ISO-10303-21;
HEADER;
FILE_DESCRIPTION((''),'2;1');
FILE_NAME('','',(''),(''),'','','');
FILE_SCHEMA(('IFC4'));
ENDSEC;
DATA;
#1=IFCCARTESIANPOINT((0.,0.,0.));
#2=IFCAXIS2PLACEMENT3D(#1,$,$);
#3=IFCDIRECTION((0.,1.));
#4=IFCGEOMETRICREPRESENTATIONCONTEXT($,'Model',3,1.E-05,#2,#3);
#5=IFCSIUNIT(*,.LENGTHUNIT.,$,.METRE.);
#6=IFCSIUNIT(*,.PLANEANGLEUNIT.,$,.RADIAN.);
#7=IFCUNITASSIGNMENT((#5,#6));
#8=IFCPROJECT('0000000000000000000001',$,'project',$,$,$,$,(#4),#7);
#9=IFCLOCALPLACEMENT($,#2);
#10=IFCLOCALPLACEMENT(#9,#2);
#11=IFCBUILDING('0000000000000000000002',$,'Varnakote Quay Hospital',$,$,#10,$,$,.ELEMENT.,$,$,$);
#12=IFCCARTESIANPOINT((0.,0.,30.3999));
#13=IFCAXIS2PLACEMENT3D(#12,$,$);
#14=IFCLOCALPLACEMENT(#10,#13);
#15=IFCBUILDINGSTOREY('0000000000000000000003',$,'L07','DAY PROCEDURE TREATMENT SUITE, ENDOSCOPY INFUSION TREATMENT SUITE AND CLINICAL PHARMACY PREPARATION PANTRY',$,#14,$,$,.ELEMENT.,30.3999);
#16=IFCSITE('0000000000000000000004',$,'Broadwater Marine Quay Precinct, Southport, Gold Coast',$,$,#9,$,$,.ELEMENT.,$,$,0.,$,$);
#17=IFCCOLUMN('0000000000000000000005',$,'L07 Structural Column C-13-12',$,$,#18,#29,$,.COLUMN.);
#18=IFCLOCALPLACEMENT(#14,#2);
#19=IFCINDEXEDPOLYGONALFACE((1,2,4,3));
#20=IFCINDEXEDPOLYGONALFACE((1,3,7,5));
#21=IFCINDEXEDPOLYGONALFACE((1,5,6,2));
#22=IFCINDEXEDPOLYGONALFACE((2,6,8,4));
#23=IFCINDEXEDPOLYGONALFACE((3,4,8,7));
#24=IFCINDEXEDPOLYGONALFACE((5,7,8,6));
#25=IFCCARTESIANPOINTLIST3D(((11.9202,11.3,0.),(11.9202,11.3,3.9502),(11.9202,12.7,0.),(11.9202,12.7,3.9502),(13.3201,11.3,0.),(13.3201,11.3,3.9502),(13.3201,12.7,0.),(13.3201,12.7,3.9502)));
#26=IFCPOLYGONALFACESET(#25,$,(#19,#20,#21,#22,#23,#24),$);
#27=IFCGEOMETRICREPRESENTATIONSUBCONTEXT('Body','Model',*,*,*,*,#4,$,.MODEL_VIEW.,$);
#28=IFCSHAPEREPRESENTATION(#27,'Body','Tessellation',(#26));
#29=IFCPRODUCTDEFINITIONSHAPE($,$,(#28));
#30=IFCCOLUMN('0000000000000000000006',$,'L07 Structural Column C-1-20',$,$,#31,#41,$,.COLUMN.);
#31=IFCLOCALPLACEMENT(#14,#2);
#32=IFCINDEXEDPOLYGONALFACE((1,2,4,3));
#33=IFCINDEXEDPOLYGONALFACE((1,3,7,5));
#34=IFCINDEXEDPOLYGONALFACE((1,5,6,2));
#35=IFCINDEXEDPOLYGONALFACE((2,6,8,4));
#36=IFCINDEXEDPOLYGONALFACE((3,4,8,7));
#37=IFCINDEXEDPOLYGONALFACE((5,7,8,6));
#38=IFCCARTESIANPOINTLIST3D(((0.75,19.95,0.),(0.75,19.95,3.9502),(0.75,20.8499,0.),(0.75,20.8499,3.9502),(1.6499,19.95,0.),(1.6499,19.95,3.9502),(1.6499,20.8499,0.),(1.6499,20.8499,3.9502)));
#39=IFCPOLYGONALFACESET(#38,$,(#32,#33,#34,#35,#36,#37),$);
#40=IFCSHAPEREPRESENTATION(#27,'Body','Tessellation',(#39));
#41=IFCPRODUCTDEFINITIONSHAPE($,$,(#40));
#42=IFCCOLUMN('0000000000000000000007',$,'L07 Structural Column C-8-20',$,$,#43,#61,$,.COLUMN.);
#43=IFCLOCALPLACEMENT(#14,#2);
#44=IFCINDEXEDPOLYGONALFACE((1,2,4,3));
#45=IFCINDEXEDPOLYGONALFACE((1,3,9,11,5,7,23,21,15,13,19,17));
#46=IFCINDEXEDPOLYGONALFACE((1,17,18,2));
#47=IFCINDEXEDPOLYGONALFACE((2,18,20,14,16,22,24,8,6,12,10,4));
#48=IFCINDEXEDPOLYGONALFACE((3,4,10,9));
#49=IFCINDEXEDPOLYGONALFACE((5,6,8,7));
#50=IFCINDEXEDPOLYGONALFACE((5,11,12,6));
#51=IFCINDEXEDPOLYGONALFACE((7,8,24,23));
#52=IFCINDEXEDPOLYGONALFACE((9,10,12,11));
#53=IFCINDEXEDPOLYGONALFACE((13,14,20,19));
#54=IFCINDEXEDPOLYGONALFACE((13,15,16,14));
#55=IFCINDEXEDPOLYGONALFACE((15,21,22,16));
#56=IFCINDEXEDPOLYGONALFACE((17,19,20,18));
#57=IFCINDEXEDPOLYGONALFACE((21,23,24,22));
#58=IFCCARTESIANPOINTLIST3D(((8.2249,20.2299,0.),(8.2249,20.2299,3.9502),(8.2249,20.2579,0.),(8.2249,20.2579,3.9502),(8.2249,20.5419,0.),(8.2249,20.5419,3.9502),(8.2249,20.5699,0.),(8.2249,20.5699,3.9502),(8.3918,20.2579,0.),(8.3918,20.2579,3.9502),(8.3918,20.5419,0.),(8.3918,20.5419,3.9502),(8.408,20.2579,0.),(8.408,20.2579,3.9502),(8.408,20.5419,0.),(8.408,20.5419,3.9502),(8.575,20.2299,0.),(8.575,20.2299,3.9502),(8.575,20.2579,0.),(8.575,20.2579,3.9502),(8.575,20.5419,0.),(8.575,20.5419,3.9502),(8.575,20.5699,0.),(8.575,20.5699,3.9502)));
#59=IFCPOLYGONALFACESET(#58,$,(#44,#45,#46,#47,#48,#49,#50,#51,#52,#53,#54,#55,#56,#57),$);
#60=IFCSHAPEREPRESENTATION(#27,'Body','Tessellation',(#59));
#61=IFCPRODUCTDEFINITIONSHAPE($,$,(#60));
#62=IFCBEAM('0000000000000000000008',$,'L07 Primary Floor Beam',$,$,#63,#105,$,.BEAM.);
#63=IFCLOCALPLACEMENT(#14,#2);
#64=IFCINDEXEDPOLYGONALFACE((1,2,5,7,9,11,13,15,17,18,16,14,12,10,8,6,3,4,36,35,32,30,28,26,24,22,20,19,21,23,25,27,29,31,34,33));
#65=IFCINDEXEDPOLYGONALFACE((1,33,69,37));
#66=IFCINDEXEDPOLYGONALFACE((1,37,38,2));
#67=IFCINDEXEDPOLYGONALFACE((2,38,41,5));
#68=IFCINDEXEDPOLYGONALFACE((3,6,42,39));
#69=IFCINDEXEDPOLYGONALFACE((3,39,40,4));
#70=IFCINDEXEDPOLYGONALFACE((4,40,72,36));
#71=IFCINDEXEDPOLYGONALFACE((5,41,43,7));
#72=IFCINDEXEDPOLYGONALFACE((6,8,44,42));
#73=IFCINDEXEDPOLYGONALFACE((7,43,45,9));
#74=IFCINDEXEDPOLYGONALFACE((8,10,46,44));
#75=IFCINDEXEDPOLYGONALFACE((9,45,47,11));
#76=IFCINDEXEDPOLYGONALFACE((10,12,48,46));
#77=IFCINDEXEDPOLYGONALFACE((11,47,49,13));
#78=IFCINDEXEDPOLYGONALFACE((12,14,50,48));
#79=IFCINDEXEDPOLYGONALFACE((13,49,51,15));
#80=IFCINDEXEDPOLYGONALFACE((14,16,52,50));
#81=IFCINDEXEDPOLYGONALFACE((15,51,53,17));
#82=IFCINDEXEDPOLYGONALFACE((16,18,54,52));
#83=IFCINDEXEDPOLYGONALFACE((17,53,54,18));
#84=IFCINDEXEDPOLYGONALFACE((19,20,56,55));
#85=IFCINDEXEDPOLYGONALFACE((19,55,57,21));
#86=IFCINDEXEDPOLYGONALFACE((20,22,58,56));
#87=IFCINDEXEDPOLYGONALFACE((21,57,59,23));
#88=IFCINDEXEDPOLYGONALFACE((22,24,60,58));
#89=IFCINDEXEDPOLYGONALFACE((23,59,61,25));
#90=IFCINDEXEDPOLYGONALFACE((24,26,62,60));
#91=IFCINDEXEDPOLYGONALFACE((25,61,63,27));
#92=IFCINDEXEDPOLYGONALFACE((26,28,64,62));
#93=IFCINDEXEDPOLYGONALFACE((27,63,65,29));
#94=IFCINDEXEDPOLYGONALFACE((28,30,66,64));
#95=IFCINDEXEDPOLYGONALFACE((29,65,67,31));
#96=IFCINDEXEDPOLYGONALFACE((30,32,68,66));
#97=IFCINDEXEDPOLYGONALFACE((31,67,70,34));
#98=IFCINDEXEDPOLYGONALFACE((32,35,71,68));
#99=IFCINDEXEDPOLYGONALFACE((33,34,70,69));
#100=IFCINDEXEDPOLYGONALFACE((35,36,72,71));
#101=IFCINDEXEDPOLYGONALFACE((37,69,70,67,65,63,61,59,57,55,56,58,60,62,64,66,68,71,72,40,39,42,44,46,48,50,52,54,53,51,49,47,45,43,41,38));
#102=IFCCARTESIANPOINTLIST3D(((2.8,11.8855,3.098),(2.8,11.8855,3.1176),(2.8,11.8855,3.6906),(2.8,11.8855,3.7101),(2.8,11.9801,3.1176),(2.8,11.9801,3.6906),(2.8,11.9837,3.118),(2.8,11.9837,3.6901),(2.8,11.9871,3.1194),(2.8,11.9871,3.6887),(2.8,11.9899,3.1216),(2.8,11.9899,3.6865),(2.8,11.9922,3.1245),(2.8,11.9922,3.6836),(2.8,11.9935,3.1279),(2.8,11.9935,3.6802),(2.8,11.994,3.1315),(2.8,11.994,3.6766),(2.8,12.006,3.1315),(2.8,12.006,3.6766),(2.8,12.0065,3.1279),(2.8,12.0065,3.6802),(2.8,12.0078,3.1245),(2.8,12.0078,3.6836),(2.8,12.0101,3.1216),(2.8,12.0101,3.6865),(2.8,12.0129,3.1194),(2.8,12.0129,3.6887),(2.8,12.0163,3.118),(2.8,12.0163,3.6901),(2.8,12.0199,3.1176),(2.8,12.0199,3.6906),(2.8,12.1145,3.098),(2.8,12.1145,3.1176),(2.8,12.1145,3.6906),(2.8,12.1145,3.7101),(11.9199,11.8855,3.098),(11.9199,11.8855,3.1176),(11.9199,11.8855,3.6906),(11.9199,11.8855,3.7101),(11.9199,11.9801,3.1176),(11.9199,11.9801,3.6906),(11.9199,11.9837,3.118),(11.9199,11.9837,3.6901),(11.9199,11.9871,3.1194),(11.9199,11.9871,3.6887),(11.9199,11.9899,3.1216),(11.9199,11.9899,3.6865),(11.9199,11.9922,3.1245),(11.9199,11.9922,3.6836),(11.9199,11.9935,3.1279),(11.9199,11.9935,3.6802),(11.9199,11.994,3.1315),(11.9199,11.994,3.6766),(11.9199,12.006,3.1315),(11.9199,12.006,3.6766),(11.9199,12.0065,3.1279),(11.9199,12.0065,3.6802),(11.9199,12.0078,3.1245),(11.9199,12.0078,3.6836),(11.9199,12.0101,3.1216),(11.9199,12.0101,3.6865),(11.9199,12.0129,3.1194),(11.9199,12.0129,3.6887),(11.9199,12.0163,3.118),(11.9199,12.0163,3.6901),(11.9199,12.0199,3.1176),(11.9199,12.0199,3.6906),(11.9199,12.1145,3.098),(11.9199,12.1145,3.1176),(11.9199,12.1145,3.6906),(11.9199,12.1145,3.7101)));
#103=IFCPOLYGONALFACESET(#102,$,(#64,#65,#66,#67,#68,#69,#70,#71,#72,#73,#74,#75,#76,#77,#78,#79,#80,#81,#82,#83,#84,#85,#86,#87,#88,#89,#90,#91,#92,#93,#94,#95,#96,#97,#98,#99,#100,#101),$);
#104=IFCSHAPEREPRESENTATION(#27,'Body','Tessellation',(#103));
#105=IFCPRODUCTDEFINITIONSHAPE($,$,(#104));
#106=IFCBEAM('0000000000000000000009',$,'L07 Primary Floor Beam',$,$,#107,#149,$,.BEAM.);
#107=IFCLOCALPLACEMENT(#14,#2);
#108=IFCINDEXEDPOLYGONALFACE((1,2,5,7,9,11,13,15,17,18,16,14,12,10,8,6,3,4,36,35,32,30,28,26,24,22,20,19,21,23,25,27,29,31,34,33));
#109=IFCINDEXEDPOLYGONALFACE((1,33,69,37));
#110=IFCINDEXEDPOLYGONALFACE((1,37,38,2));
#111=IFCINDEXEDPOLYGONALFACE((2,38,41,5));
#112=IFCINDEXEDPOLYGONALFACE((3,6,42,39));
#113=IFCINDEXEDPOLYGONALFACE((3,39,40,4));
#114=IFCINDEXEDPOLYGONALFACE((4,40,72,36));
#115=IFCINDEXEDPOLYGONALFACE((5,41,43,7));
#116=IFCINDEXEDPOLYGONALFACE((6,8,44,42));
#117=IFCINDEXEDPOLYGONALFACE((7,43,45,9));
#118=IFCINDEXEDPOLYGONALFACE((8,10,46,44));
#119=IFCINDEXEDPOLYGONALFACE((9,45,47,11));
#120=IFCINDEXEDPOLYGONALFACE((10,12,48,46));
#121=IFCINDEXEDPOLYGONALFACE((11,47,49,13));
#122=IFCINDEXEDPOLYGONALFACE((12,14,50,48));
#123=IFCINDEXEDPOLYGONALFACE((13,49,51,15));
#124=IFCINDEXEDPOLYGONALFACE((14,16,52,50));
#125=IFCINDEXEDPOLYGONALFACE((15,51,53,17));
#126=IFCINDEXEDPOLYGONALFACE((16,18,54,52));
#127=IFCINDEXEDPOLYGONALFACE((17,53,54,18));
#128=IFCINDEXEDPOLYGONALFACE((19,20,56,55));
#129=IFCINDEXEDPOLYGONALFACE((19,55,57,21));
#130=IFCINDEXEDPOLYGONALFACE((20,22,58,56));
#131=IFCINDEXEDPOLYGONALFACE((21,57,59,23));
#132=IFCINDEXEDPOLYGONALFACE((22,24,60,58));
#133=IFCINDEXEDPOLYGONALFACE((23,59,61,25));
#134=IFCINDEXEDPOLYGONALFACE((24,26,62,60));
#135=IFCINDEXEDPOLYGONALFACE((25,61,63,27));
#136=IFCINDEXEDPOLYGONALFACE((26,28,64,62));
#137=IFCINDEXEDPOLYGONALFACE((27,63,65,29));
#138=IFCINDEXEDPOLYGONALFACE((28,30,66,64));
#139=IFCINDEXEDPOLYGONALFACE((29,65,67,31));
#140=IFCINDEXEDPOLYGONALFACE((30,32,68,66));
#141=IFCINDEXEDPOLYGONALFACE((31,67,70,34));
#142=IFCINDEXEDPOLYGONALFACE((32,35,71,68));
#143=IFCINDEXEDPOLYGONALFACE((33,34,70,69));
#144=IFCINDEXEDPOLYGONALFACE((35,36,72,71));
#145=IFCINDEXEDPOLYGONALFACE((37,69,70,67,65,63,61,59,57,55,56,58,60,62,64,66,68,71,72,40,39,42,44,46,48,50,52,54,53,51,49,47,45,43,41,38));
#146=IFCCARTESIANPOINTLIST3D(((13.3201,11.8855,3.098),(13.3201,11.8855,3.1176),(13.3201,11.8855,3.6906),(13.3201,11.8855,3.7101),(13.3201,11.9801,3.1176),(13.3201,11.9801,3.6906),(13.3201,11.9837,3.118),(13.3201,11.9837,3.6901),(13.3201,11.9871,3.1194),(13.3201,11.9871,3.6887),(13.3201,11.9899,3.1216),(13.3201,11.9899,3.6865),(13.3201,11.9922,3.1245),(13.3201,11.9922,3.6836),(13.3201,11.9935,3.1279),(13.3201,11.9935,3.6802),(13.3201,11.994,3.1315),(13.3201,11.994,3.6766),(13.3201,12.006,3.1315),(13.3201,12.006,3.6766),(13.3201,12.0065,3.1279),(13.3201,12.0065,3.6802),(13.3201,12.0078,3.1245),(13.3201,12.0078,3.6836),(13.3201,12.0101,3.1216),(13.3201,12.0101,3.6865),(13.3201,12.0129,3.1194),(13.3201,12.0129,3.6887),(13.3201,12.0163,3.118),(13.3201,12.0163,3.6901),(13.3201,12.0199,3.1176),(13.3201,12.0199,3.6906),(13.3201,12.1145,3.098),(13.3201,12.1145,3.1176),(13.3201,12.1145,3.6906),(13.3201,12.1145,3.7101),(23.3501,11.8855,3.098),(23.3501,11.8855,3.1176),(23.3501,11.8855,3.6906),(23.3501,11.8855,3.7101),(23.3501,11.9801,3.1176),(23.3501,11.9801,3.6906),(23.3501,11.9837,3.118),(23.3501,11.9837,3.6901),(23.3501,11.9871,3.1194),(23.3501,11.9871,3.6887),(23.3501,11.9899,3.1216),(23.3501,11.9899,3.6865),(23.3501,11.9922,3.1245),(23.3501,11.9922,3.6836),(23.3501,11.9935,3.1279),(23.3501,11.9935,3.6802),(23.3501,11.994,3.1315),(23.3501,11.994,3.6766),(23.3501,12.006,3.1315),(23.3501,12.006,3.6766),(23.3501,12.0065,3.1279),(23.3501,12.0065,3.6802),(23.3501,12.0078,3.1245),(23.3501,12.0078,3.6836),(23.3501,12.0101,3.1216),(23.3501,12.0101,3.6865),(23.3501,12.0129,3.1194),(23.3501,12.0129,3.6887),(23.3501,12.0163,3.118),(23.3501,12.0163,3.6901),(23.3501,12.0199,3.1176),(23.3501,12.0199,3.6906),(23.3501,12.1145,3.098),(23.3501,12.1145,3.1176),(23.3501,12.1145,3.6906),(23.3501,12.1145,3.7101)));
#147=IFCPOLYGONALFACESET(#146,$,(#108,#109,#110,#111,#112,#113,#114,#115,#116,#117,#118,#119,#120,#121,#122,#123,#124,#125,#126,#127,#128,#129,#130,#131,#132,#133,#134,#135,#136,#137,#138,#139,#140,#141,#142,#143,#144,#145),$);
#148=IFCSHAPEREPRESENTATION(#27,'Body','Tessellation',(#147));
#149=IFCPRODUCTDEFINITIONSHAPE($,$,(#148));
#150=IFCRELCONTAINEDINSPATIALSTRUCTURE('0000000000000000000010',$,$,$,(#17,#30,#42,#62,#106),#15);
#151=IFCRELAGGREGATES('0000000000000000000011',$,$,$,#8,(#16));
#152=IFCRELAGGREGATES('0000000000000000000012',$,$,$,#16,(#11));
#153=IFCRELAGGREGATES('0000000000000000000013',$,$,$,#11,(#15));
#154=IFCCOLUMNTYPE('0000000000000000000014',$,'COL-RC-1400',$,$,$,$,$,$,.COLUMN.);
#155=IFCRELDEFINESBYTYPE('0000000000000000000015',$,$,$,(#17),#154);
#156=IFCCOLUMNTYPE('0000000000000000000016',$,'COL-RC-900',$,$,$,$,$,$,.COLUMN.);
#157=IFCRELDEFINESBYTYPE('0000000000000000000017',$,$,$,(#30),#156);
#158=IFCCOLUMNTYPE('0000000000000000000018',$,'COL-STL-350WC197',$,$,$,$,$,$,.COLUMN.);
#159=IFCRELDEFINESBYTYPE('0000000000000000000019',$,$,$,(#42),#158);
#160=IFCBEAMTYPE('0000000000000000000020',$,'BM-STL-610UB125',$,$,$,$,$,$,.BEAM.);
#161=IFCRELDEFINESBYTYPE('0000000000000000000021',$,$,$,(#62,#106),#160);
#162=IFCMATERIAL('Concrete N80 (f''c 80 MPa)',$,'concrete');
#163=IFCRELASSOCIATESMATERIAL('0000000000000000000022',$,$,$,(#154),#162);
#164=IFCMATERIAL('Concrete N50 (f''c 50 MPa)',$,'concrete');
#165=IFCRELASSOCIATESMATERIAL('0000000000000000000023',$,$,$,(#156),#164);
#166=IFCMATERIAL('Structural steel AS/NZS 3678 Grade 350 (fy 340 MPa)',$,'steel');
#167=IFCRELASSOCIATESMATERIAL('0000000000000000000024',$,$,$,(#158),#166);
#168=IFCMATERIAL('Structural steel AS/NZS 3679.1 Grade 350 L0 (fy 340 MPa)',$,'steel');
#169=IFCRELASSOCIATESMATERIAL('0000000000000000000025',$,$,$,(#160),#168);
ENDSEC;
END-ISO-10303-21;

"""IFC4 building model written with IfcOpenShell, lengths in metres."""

from ifc_helpers import new_model, si_unit, direction, frame, origin, origin_2d, place, context, subcontext, project, spatial, rectangle, i_section, extrude, material, material_profile, profile_set, type_object, element, save


model = new_model("IFC4")

# Units and contexts
model_context = context("Model", 3, precision=1e-05, world=origin(), true_north=direction((0.0, 1.0)))
body_context = subcontext(model_context, "Body", "Model", "MODEL_VIEW")
ifc_project = project(units=[si_unit("LENGTHUNIT", "METRE"), si_unit("PLANEANGLEUNIT", "RADIAN")], contexts=[model_context])

# Site, building, storey
site_placement = place(None, origin())
site = spatial("IfcSite", under=ifc_project, at=site_placement, Name="Broadwater Marine Quay Precinct, Southport, Gold Coast", CompositionType="ELEMENT", RefElevation=0.0)
building_placement = place(site_placement, origin())
building = spatial("IfcBuilding", under=site, at=building_placement, Name="Varnakote Quay Hospital", CompositionType="ELEMENT")
storey_placement = place(building_placement, frame((0.0, 0.0, 30.3999)))
storey = spatial("IfcBuildingStorey", under=building, at=storey_placement, Name="L07", Description="DAY PROCEDURE TREATMENT SUITE, ENDOSCOPY INFUSION TREATMENT SUITE AND CLINICAL PHARMACY PREPARATION PANTRY", CompositionType="ELEMENT", Elevation=30.3999)

# Columns
ifc_material_1 = material(Name="Concrete N80 (f'c 80 MPa)", Category="concrete")
ifc_material_profile_1 = material_profile(ifc_material_1, rectangle(XDim=1.3999, YDim=1.3999, at=origin_2d()), Name="RC-COL-1400x1400")
ifc_profile_set_1 = profile_set([ifc_material_profile_1], Name="Concrete N80 (f'c 80 MPa)")
column_type_1 = type_object("IfcColumnType", Name="COL-RC-1400", PredefinedType="COLUMN", material=ifc_profile_set_1)
column_1_placement = place(storey_placement, frame((12.6201, 12.0, 0.0), z_axis=(0.0, 0.0, 1.0), x_axis=(1.0, 0.0, 0.0)))
element("IfcColumn", 1, at=column_1_placement, inside=storey, type_object=column_type_1, Name="L07 Structural Column C-13-12", PredefinedType="COLUMN", context=body_context, shape_type="SweptSolid", body=[
    extrude(rectangle(XDim=1.3999, YDim=1.3999, at=origin_2d()), origin(), (0.0, 0.0, 1.0), 3.9502),
])
ifc_material_2 = material(Name="Concrete N50 (f'c 50 MPa)", Category="concrete")
ifc_material_profile_2 = material_profile(ifc_material_2, rectangle(XDim=0.8999, YDim=0.8999, at=origin_2d()), Name="RC-COL-900x900")
ifc_profile_set_2 = profile_set([ifc_material_profile_2], Name="Concrete N50 (f'c 50 MPa)")
column_type_2 = type_object("IfcColumnType", Name="COL-RC-900", PredefinedType="COLUMN", material=ifc_profile_set_2)
column_2_placement = place(storey_placement, frame((1.2, 20.3999, 0.0), z_axis=(0.0, 0.0, 1.0), x_axis=(1.0, 0.0, 0.0)))
element("IfcColumn", 2, at=column_2_placement, inside=storey, type_object=column_type_2, Name="L07 Structural Column C-1-20", PredefinedType="COLUMN", context=body_context, shape_type="SweptSolid", body=[
    extrude(rectangle(XDim=0.8999, YDim=0.8999, at=origin_2d()), origin(), (0.0, 0.0, 1.0), 3.9502),
])
ifc_material_3 = material(Name="Structural steel AS/NZS 3678 Grade 350 (fy 340 MPa)", Category="steel")
ifc_material_profile_3 = material_profile(ifc_material_3, i_section(OverallWidth=0.3501, OverallDepth=0.3401, WebThickness=0.0161, FlangeThickness=0.0281, at=origin_2d()), Name="350WC197")
ifc_profile_set_3 = profile_set([ifc_material_profile_3], Name="Structural steel AS/NZS 3678 Grade 350 (fy 340 MPa)")
column_type_3 = type_object("IfcColumnType", Name="COL-STL-350WC197", PredefinedType="COLUMN", material=ifc_profile_set_3)
column_3_placement = place(storey_placement, frame((8.3999, 20.3999, 0.0), z_axis=(0.0, 0.0, 1.0), x_axis=(1.0, 0.0, 0.0)))
element("IfcColumn", 3, at=column_3_placement, inside=storey, type_object=column_type_3, Name="L07 Structural Column C-8-20", PredefinedType="COLUMN", context=body_context, shape_type="SweptSolid", body=[
    extrude(i_section(OverallWidth=0.3501, OverallDepth=0.3401, WebThickness=0.0161, FlangeThickness=0.0281, at=origin_2d()), origin(), (0.0, 0.0, 1.0), 3.9502),
])

# Beams
ifc_material_4 = material(Name="Structural steel AS/NZS 3679.1 Grade 350 L0 (fy 340 MPa)", Category="steel")
ifc_material_profile_4 = material_profile(ifc_material_4, i_section(OverallWidth=0.229, OverallDepth=0.6121, WebThickness=0.012, FlangeThickness=0.0195, FilletRadius=0.0139, at=origin_2d()), Name="610UB125")
ifc_profile_set_4 = profile_set([ifc_material_profile_4], Name="Structural steel AS/NZS 3679.1 Grade 350 L0 (fy 340 MPa)")
beam_type = type_object("IfcBeamType", Name="BM-STL-610UB125", PredefinedType="BEAM", material=ifc_profile_set_4)
beam_1_placement = place(storey_placement, frame((2.8, 12.0, 3.4041), z_axis=(1.0, 0.0, 0.0), x_axis=(0.0, 1.0, 0.0)))
element("IfcBeam", 4, at=beam_1_placement, inside=storey, type_object=beam_type, Name="L07 Primary Floor Beam", PredefinedType="BEAM", context=body_context, shape_type="SweptSolid", body=[
    extrude(i_section(OverallWidth=0.229, OverallDepth=0.6121, WebThickness=0.012, FlangeThickness=0.0195, FilletRadius=0.0139, at=origin_2d()), origin(), (0.0, 0.0, 1.0), 9.1199),
])
beam_2_placement = place(storey_placement, frame((13.3201, 12.0, 3.4041), z_axis=(1.0, 0.0, 0.0), x_axis=(0.0, 1.0, 0.0)))
element("IfcBeam", 5, at=beam_2_placement, inside=storey, type_object=beam_type, Name="L07 Primary Floor Beam", PredefinedType="BEAM", context=body_context, shape_type="SweptSolid", body=[
    extrude(i_section(OverallWidth=0.229, OverallDepth=0.6121, WebThickness=0.012, FlangeThickness=0.0195, FilletRadius=0.0139, at=origin_2d()), origin(), (0.0, 0.0, 1.0), 10.03),
])

save(model, "model.ifc")
